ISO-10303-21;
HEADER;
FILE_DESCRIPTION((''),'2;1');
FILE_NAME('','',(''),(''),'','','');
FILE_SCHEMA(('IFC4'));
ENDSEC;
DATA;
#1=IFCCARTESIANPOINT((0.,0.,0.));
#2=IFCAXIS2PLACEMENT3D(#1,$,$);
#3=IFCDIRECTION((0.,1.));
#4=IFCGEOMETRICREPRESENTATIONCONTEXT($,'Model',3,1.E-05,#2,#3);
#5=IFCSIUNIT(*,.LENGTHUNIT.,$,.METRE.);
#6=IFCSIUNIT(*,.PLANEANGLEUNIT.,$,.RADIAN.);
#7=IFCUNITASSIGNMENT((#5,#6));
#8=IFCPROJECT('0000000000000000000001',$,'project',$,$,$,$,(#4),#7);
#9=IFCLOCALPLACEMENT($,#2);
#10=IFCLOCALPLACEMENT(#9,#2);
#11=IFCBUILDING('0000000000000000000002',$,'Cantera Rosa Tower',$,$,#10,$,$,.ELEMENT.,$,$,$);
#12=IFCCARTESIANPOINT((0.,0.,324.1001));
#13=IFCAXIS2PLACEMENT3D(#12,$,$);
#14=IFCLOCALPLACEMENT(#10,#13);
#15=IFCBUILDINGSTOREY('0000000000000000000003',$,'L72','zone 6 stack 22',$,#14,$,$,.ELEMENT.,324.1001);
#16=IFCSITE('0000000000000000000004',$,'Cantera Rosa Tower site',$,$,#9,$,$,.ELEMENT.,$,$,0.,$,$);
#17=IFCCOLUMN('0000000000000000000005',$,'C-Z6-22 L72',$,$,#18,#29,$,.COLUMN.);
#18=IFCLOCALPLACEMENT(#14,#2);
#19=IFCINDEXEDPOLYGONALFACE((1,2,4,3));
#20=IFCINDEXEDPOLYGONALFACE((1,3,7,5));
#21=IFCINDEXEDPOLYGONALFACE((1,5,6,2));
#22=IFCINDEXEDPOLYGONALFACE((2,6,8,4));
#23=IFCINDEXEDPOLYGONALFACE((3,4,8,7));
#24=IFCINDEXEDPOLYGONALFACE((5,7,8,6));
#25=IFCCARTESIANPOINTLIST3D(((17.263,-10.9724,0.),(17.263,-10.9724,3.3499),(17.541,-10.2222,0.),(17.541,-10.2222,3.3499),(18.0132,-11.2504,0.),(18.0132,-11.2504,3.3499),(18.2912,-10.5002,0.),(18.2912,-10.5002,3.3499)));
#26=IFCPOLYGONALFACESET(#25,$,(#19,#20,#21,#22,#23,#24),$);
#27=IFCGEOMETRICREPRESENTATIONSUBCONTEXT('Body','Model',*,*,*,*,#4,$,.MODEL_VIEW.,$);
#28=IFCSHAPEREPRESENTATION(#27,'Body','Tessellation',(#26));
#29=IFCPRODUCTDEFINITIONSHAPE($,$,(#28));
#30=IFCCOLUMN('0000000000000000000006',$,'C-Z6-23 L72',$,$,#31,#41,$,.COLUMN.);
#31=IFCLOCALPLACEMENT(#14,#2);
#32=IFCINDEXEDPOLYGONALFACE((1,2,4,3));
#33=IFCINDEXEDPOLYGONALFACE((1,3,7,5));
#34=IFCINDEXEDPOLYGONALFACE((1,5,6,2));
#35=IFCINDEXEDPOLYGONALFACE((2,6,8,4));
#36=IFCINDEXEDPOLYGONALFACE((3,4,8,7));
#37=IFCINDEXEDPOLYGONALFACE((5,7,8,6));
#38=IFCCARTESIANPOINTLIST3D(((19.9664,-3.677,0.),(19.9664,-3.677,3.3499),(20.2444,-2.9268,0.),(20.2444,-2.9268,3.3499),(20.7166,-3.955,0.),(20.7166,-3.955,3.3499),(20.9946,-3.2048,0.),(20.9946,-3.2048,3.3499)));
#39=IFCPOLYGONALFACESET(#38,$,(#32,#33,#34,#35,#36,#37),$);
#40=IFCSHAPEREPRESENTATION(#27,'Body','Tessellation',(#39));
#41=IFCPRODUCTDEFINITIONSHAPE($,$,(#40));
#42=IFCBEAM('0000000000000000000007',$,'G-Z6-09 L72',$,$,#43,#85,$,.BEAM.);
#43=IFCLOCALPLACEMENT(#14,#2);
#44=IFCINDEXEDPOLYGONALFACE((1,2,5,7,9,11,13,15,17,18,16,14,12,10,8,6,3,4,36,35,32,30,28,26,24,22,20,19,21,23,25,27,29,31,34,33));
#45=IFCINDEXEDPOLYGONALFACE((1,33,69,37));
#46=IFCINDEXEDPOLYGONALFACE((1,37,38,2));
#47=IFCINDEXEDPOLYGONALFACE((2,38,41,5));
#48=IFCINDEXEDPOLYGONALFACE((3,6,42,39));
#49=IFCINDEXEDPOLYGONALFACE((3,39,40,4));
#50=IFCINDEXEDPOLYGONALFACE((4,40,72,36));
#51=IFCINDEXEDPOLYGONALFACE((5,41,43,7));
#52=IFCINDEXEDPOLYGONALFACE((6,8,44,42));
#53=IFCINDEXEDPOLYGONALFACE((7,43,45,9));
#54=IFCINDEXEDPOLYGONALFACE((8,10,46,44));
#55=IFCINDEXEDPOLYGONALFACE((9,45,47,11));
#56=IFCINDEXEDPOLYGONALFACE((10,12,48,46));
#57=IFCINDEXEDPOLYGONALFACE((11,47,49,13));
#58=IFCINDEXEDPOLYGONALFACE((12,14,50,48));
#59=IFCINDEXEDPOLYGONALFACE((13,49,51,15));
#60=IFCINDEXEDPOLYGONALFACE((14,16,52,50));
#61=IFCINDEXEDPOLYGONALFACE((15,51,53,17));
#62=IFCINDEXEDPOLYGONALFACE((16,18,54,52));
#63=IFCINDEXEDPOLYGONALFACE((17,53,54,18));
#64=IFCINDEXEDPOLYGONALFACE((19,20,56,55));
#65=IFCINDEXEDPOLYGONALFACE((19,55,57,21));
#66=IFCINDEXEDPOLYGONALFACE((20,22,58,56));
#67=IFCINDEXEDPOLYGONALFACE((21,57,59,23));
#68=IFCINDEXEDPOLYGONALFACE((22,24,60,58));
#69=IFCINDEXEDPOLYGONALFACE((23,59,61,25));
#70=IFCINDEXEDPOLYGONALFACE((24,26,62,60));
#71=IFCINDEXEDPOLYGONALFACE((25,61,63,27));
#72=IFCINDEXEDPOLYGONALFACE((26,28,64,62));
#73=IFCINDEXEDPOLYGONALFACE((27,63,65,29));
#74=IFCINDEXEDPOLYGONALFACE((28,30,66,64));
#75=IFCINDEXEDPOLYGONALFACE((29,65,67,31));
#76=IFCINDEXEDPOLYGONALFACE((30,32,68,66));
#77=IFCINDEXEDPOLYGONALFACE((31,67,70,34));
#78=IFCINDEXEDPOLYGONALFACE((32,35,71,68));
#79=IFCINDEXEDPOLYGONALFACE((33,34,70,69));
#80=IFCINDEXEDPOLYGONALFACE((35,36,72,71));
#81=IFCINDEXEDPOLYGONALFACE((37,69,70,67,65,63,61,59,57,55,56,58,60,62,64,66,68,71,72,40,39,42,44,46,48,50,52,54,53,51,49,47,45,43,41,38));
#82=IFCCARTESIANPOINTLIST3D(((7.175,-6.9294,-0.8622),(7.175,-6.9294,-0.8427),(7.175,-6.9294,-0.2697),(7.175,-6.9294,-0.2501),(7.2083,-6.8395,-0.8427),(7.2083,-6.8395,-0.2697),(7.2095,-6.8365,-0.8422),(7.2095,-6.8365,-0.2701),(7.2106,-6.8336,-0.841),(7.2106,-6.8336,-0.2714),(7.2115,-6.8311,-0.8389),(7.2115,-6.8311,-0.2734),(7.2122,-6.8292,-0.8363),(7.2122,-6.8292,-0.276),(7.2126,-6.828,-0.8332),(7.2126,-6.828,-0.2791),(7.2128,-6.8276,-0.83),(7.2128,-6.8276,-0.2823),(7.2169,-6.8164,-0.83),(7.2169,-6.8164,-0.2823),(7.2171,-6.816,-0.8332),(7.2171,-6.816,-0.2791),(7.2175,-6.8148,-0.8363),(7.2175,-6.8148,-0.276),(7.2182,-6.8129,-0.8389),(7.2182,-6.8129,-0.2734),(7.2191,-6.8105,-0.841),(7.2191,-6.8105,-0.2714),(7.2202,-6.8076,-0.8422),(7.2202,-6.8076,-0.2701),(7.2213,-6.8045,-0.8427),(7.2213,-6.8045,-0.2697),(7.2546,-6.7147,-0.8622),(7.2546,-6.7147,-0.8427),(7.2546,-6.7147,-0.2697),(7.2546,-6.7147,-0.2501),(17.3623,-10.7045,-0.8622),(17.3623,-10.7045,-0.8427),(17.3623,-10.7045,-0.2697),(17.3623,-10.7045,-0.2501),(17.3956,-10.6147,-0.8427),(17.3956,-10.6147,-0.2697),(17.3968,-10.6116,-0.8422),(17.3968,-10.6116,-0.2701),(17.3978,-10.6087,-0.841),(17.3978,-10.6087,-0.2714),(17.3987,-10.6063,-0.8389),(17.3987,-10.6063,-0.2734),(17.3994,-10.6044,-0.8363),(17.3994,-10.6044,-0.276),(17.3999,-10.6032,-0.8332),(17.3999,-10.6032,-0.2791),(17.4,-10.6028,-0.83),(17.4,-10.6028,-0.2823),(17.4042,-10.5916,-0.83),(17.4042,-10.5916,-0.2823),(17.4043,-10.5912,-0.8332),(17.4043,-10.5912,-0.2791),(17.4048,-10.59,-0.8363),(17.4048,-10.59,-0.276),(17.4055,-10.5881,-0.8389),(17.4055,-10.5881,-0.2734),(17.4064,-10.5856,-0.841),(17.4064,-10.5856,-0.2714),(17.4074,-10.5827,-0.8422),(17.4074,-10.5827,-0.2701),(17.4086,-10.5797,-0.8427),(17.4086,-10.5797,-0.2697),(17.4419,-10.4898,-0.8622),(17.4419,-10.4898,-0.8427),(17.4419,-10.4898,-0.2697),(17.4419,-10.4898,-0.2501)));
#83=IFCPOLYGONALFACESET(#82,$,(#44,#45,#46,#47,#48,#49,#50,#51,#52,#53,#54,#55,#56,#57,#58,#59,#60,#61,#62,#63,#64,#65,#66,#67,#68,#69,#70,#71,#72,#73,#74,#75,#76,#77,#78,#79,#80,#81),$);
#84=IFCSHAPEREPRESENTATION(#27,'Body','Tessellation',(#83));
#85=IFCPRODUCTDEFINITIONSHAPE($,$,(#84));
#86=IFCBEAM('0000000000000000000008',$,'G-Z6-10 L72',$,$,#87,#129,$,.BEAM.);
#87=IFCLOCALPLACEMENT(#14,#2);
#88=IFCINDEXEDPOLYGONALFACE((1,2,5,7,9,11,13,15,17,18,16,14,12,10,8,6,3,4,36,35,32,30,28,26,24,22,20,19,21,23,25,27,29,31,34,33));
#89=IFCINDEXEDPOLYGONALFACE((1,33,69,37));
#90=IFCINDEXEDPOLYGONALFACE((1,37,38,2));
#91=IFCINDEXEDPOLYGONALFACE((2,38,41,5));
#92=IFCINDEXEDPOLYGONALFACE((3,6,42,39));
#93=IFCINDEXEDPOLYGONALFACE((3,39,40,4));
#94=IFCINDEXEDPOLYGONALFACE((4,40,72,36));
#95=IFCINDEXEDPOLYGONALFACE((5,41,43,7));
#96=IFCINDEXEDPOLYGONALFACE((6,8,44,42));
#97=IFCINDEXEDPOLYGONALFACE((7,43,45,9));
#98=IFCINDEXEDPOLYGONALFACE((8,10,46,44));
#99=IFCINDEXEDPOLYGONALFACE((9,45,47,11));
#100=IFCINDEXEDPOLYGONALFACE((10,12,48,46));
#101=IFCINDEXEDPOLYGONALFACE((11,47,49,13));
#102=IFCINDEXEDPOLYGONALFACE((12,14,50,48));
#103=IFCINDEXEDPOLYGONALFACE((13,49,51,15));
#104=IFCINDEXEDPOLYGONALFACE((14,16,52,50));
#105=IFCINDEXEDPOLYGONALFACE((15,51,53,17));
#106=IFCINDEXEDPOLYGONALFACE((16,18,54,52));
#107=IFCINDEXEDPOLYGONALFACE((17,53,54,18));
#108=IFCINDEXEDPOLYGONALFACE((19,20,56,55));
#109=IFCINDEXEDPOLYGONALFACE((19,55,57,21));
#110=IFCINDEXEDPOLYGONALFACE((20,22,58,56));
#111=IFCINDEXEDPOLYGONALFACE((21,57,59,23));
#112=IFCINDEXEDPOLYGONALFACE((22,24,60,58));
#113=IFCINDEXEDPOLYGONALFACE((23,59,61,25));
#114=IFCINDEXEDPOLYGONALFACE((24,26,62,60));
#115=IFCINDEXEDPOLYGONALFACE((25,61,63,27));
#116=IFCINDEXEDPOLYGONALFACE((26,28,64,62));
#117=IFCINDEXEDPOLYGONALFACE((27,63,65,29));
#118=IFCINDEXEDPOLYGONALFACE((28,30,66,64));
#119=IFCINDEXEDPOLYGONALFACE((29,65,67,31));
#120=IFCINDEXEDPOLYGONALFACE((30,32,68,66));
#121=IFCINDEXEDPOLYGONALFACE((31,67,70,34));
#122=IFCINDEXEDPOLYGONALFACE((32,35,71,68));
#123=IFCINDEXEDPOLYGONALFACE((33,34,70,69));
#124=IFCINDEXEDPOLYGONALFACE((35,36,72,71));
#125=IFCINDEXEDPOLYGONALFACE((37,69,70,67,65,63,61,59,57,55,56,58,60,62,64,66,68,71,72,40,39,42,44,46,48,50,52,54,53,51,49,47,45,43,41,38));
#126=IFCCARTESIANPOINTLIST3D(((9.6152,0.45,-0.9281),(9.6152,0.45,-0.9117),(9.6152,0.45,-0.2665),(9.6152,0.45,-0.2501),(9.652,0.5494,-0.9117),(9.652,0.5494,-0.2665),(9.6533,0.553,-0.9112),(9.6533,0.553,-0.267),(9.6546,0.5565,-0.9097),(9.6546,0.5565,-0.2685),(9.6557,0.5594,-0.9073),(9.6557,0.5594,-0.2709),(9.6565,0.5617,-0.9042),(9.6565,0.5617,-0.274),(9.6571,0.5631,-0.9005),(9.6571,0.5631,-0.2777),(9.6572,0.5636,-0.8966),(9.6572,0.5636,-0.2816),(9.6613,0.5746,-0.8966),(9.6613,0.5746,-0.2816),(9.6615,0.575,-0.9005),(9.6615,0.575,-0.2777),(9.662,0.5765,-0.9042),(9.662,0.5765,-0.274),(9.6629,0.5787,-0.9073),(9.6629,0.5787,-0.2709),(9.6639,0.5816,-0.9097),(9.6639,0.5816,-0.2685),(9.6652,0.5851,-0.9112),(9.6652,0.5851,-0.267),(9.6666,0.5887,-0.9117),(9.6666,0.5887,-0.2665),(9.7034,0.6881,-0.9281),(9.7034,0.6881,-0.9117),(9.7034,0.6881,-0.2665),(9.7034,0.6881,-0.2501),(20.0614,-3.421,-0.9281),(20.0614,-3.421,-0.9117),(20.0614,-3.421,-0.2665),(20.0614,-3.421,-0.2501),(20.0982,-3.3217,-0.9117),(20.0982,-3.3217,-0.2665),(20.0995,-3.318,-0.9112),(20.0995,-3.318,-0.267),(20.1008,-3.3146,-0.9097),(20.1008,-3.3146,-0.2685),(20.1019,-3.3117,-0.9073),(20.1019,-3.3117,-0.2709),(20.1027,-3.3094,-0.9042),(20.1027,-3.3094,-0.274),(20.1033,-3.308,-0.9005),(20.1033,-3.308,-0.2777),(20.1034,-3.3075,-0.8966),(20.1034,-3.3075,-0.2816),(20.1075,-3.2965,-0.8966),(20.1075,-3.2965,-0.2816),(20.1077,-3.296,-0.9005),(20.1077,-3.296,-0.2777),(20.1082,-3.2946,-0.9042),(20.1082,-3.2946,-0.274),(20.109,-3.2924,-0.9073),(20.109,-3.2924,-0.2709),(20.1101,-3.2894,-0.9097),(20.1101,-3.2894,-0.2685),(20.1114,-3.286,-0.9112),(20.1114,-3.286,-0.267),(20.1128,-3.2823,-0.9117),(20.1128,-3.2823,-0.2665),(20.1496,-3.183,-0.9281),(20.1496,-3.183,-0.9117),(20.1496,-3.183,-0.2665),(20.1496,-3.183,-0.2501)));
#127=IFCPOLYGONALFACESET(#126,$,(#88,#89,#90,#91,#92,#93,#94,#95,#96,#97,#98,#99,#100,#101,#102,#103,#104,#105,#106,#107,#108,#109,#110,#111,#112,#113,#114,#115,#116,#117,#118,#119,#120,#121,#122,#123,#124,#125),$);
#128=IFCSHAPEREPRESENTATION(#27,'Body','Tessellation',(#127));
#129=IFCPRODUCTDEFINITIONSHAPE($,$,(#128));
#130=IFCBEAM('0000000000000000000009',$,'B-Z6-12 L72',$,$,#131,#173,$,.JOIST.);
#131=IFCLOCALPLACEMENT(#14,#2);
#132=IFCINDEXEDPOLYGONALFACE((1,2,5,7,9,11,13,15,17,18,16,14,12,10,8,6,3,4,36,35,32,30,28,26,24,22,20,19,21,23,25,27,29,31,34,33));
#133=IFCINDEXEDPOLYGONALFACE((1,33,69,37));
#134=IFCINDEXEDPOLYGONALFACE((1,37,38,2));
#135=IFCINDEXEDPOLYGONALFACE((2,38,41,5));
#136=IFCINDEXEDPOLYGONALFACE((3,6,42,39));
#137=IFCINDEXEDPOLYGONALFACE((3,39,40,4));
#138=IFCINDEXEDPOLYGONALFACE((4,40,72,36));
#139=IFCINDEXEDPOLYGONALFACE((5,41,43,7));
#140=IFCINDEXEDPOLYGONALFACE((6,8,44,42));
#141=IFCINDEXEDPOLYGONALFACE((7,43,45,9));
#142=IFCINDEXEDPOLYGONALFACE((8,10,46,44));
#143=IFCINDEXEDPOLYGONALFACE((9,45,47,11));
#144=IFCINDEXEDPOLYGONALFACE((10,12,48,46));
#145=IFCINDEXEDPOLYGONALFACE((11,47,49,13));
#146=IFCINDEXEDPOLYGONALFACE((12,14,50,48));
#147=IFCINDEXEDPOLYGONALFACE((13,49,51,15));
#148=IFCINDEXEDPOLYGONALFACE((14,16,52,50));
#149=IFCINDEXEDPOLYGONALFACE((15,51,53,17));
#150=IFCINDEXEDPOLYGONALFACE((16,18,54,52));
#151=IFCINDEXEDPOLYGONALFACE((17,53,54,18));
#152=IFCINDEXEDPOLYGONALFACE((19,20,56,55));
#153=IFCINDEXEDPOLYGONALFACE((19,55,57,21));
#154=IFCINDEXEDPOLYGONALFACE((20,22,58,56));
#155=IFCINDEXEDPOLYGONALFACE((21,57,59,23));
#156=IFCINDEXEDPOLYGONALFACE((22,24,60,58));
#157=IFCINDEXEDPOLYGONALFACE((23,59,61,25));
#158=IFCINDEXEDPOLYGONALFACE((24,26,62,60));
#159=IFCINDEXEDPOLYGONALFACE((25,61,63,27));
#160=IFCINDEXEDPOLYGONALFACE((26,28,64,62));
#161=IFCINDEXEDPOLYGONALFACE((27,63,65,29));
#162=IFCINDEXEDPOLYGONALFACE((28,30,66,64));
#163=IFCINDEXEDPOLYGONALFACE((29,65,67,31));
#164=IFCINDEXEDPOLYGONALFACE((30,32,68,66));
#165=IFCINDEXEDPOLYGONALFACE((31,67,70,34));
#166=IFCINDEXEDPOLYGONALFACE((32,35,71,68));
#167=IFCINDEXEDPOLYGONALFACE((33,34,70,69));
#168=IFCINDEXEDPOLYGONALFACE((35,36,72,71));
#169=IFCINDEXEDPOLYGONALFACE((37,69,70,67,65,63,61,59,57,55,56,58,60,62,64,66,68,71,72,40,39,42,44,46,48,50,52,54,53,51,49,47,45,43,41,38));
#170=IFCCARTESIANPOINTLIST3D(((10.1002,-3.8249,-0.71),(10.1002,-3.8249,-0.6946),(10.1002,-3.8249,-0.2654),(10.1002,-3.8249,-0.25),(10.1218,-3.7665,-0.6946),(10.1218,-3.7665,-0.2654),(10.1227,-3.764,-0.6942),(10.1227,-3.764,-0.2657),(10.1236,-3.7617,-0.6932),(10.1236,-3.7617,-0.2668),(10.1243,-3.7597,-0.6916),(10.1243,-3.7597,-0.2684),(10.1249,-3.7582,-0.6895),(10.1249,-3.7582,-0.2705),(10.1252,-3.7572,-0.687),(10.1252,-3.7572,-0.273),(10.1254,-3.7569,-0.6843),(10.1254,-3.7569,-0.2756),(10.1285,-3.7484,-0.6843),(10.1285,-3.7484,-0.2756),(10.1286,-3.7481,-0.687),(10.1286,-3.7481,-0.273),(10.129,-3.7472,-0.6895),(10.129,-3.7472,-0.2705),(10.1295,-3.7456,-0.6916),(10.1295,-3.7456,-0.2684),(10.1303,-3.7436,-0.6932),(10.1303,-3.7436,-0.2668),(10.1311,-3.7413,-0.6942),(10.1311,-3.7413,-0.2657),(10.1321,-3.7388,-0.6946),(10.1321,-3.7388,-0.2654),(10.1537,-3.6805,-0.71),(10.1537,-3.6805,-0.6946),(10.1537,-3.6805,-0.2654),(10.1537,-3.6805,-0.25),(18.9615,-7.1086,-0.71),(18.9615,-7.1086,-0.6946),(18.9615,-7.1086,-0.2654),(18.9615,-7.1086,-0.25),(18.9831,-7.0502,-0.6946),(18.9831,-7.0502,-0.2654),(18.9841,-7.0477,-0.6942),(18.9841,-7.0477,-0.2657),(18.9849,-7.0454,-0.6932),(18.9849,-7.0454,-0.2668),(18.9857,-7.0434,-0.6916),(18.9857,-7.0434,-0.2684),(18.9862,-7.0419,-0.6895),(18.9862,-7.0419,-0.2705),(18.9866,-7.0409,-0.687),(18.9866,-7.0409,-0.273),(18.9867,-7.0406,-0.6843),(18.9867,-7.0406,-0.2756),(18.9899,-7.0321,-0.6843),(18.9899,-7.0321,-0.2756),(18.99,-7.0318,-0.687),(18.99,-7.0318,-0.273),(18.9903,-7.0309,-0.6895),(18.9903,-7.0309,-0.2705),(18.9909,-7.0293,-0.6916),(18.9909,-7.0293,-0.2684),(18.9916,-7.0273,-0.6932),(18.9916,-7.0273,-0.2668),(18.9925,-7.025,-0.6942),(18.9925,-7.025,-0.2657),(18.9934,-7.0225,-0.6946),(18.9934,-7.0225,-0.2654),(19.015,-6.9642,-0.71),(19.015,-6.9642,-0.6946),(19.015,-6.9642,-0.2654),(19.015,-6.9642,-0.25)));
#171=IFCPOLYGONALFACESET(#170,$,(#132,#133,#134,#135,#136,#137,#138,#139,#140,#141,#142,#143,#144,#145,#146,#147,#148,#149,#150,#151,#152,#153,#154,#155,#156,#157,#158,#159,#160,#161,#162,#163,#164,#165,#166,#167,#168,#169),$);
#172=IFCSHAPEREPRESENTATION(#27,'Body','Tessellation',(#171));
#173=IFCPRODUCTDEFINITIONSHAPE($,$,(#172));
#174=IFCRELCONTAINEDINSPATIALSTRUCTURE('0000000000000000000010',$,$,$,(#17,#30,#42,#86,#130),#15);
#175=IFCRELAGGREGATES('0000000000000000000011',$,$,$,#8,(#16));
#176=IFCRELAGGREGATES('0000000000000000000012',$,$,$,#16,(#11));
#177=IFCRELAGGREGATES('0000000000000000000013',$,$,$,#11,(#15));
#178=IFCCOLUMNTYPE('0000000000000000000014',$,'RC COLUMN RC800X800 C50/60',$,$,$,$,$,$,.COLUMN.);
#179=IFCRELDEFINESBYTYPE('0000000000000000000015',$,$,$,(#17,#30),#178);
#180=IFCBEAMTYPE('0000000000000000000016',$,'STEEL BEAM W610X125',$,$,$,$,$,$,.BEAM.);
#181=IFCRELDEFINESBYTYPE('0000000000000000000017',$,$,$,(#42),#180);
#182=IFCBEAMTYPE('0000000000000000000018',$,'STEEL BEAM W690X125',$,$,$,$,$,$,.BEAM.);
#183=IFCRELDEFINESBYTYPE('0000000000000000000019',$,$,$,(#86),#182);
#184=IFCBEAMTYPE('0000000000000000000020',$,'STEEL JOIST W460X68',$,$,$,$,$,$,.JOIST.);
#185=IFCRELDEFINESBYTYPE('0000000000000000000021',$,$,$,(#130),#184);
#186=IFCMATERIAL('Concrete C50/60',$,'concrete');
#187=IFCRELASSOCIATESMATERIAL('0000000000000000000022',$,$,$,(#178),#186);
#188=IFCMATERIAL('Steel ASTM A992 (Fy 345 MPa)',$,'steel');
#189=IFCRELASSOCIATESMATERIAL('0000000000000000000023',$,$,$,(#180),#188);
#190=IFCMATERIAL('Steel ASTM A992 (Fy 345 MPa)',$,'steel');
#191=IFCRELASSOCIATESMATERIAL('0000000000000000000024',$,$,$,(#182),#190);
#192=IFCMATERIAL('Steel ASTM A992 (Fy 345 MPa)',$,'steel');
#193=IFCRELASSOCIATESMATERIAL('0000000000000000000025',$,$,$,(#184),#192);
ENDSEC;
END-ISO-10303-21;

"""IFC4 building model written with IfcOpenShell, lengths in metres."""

from ifc_helpers import new_model, si_unit, direction, frame, origin, origin_2d, place, context, subcontext, project, spatial, rectangle, i_section, extrude, material, material_profile, profile_set, type_object, element, save


model = new_model("IFC4")

# Units and contexts
model_context = context("Model", 3, precision=1e-05, world=origin(), true_north=direction((0.0, 1.0)))
body_context = subcontext(model_context, "Body", "Model", "MODEL_VIEW")
ifc_project = project(units=[si_unit("LENGTHUNIT", "METRE"), si_unit("PLANEANGLEUNIT", "RADIAN")], contexts=[model_context])

# Site, building, storey
site_placement = place(None, origin())
site = spatial("IfcSite", under=ifc_project, at=site_placement, Name="Cantera Rosa Tower site", CompositionType="ELEMENT", RefElevation=0.0)
building_placement = place(site_placement, origin())
building = spatial("IfcBuilding", under=site, at=building_placement, Name="Cantera Rosa Tower", CompositionType="ELEMENT")
storey_placement = place(building_placement, frame((0.0, 0.0, 324.1001)))
storey = spatial("IfcBuildingStorey", under=building, at=storey_placement, Name="L72", Description="zone 6 stack 22", CompositionType="ELEMENT", Elevation=324.1001)

# Columns
ifc_material_1 = material(Name="Concrete C50/60", Category="concrete")
ifc_material_profile_1 = material_profile(ifc_material_1, rectangle(XDim=0.8, YDim=0.8, at=origin_2d()), Name="RC COLUMN RC800X800 C50/60")
ifc_profile_set_1 = profile_set([ifc_material_profile_1], Name="Concrete C50/60")
column_type = type_object("IfcColumnType", Name="RC COLUMN RC800X800 C50/60", PredefinedType="COLUMN", material=ifc_profile_set_1)
for number, where, z_axis, x_axis, name in (
    (1, (17.7771, -10.7363, 0.0), (0.0, 0.0, 1.0), (0.347481, 0.937687, 0.0), "C-Z6-22 L72"),
    (2, (20.4805, -3.4409, 0.0), (0.0, 0.0, 1.0), (0.347481, 0.937687, 0.0), "C-Z6-23 L72"),
):
    element("IfcColumn", number, at=place(storey_placement, frame(where, z_axis=z_axis, x_axis=x_axis)), inside=storey, type_object=column_type, Name=name, PredefinedType="COLUMN", context=body_context, shape_type="SweptSolid", body=[
        extrude(rectangle(XDim=0.8, YDim=0.8, at=origin_2d()), origin(), (0.0, 0.0, 1.0), 3.3499),
    ])

# Beams
ifc_material_2 = material(Name="Steel ASTM A992 (Fy 345 MPa)", Category="steel")
ifc_material_profile_2 = material_profile(ifc_material_2, i_section(OverallWidth=0.229, OverallDepth=0.6121, WebThickness=0.012, FlangeThickness=0.0195, FilletRadius=0.0127, at=origin_2d()), Name="W610X125")
ifc_profile_set_2 = profile_set([ifc_material_profile_2], Name="Steel ASTM A992 (Fy 345 MPa)")
beam_type_1 = type_object("IfcBeamType", Name="STEEL BEAM W610X125", PredefinedType="BEAM", material=ifc_profile_set_2)
beam_1_placement = place(storey_placement, frame((17.4021, -10.5972, -0.5562), z_axis=(-0.937686, 0.347483, 0.0), x_axis=(-0.347483, -0.937686, 0.0)))
element("IfcBeam", 3, at=beam_1_placement, inside=storey, type_object=beam_type_1, Name="G-Z6-09 L72", PredefinedType="BEAM", context=body_context, shape_type="SweptSolid", body=[
    extrude(i_section(OverallWidth=0.229, OverallDepth=0.6121, WebThickness=0.012, FlangeThickness=0.0195, FilletRadius=0.0127, at=origin_2d()), origin(), (0.0, 0.0, 1.0), 10.8643),
])
ifc_material_3 = material(Name="Steel ASTM A992 (Fy 345 MPa)", Category="steel")
ifc_material_profile_3 = material_profile(ifc_material_3, i_section(OverallWidth=0.2539, OverallDepth=0.678, WebThickness=0.0117, FlangeThickness=0.0164, FilletRadius=0.0151, at=origin_2d()), Name="W690X125")
ifc_profile_set_3 = profile_set([ifc_material_profile_3], Name="Steel ASTM A992 (Fy 345 MPa)")
beam_type_2 = type_object("IfcBeamType", Name="STEEL BEAM W690X125", PredefinedType="BEAM", material=ifc_profile_set_3)
beam_2_placement = place(storey_placement, frame((20.1055, -3.302, -0.5891), z_axis=(-0.937687, 0.34748, 0.0), x_axis=(-0.34748, -0.937687, 0.0)))
element("IfcBeam", 4, at=beam_2_placement, inside=storey, type_object=beam_type_2, Name="G-Z6-10 L72", PredefinedType="BEAM", context=body_context, shape_type="SweptSolid", body=[
    extrude(i_section(OverallWidth=0.2539, OverallDepth=0.678, WebThickness=0.0117, FlangeThickness=0.0164, FilletRadius=0.0151, at=origin_2d()), origin(), (0.0, 0.0, 1.0), 11.1404),
])
ifc_material_4 = material(Name="Steel ASTM A992 (Fy 345 MPa)", Category="steel")
ifc_material_profile_4 = material_profile(ifc_material_4, i_section(OverallWidth=0.1541, OverallDepth=0.46, WebThickness=0.009, FlangeThickness=0.0154, FilletRadius=0.0103, at=origin_2d()), Name="W460X68")
ifc_profile_set_4 = profile_set([ifc_material_profile_4], Name="Steel ASTM A992 (Fy 345 MPa)")
beam_type_3 = type_object("IfcBeamType", Name="STEEL JOIST W460X68", PredefinedType="JOIST", material=ifc_profile_set_4)
beam_3_placement = place(storey_placement, frame((18.9883, -7.0364, -0.48), z_axis=(-0.93769, 0.347474, 0.0), x_axis=(-0.347474, -0.93769, 0.0)))
element("IfcBeam", 5, at=beam_3_placement, inside=storey, type_object=beam_type_3, Name="B-Z6-12 L72", PredefinedType="JOIST", context=body_context, shape_type="SweptSolid", body=[
    extrude(i_section(OverallWidth=0.1541, OverallDepth=0.46, WebThickness=0.009, FlangeThickness=0.0154, FilletRadius=0.0103, at=origin_2d()), origin(), (0.0, 0.0, 1.0), 9.4502),
])

save(model, "model.ifc")
